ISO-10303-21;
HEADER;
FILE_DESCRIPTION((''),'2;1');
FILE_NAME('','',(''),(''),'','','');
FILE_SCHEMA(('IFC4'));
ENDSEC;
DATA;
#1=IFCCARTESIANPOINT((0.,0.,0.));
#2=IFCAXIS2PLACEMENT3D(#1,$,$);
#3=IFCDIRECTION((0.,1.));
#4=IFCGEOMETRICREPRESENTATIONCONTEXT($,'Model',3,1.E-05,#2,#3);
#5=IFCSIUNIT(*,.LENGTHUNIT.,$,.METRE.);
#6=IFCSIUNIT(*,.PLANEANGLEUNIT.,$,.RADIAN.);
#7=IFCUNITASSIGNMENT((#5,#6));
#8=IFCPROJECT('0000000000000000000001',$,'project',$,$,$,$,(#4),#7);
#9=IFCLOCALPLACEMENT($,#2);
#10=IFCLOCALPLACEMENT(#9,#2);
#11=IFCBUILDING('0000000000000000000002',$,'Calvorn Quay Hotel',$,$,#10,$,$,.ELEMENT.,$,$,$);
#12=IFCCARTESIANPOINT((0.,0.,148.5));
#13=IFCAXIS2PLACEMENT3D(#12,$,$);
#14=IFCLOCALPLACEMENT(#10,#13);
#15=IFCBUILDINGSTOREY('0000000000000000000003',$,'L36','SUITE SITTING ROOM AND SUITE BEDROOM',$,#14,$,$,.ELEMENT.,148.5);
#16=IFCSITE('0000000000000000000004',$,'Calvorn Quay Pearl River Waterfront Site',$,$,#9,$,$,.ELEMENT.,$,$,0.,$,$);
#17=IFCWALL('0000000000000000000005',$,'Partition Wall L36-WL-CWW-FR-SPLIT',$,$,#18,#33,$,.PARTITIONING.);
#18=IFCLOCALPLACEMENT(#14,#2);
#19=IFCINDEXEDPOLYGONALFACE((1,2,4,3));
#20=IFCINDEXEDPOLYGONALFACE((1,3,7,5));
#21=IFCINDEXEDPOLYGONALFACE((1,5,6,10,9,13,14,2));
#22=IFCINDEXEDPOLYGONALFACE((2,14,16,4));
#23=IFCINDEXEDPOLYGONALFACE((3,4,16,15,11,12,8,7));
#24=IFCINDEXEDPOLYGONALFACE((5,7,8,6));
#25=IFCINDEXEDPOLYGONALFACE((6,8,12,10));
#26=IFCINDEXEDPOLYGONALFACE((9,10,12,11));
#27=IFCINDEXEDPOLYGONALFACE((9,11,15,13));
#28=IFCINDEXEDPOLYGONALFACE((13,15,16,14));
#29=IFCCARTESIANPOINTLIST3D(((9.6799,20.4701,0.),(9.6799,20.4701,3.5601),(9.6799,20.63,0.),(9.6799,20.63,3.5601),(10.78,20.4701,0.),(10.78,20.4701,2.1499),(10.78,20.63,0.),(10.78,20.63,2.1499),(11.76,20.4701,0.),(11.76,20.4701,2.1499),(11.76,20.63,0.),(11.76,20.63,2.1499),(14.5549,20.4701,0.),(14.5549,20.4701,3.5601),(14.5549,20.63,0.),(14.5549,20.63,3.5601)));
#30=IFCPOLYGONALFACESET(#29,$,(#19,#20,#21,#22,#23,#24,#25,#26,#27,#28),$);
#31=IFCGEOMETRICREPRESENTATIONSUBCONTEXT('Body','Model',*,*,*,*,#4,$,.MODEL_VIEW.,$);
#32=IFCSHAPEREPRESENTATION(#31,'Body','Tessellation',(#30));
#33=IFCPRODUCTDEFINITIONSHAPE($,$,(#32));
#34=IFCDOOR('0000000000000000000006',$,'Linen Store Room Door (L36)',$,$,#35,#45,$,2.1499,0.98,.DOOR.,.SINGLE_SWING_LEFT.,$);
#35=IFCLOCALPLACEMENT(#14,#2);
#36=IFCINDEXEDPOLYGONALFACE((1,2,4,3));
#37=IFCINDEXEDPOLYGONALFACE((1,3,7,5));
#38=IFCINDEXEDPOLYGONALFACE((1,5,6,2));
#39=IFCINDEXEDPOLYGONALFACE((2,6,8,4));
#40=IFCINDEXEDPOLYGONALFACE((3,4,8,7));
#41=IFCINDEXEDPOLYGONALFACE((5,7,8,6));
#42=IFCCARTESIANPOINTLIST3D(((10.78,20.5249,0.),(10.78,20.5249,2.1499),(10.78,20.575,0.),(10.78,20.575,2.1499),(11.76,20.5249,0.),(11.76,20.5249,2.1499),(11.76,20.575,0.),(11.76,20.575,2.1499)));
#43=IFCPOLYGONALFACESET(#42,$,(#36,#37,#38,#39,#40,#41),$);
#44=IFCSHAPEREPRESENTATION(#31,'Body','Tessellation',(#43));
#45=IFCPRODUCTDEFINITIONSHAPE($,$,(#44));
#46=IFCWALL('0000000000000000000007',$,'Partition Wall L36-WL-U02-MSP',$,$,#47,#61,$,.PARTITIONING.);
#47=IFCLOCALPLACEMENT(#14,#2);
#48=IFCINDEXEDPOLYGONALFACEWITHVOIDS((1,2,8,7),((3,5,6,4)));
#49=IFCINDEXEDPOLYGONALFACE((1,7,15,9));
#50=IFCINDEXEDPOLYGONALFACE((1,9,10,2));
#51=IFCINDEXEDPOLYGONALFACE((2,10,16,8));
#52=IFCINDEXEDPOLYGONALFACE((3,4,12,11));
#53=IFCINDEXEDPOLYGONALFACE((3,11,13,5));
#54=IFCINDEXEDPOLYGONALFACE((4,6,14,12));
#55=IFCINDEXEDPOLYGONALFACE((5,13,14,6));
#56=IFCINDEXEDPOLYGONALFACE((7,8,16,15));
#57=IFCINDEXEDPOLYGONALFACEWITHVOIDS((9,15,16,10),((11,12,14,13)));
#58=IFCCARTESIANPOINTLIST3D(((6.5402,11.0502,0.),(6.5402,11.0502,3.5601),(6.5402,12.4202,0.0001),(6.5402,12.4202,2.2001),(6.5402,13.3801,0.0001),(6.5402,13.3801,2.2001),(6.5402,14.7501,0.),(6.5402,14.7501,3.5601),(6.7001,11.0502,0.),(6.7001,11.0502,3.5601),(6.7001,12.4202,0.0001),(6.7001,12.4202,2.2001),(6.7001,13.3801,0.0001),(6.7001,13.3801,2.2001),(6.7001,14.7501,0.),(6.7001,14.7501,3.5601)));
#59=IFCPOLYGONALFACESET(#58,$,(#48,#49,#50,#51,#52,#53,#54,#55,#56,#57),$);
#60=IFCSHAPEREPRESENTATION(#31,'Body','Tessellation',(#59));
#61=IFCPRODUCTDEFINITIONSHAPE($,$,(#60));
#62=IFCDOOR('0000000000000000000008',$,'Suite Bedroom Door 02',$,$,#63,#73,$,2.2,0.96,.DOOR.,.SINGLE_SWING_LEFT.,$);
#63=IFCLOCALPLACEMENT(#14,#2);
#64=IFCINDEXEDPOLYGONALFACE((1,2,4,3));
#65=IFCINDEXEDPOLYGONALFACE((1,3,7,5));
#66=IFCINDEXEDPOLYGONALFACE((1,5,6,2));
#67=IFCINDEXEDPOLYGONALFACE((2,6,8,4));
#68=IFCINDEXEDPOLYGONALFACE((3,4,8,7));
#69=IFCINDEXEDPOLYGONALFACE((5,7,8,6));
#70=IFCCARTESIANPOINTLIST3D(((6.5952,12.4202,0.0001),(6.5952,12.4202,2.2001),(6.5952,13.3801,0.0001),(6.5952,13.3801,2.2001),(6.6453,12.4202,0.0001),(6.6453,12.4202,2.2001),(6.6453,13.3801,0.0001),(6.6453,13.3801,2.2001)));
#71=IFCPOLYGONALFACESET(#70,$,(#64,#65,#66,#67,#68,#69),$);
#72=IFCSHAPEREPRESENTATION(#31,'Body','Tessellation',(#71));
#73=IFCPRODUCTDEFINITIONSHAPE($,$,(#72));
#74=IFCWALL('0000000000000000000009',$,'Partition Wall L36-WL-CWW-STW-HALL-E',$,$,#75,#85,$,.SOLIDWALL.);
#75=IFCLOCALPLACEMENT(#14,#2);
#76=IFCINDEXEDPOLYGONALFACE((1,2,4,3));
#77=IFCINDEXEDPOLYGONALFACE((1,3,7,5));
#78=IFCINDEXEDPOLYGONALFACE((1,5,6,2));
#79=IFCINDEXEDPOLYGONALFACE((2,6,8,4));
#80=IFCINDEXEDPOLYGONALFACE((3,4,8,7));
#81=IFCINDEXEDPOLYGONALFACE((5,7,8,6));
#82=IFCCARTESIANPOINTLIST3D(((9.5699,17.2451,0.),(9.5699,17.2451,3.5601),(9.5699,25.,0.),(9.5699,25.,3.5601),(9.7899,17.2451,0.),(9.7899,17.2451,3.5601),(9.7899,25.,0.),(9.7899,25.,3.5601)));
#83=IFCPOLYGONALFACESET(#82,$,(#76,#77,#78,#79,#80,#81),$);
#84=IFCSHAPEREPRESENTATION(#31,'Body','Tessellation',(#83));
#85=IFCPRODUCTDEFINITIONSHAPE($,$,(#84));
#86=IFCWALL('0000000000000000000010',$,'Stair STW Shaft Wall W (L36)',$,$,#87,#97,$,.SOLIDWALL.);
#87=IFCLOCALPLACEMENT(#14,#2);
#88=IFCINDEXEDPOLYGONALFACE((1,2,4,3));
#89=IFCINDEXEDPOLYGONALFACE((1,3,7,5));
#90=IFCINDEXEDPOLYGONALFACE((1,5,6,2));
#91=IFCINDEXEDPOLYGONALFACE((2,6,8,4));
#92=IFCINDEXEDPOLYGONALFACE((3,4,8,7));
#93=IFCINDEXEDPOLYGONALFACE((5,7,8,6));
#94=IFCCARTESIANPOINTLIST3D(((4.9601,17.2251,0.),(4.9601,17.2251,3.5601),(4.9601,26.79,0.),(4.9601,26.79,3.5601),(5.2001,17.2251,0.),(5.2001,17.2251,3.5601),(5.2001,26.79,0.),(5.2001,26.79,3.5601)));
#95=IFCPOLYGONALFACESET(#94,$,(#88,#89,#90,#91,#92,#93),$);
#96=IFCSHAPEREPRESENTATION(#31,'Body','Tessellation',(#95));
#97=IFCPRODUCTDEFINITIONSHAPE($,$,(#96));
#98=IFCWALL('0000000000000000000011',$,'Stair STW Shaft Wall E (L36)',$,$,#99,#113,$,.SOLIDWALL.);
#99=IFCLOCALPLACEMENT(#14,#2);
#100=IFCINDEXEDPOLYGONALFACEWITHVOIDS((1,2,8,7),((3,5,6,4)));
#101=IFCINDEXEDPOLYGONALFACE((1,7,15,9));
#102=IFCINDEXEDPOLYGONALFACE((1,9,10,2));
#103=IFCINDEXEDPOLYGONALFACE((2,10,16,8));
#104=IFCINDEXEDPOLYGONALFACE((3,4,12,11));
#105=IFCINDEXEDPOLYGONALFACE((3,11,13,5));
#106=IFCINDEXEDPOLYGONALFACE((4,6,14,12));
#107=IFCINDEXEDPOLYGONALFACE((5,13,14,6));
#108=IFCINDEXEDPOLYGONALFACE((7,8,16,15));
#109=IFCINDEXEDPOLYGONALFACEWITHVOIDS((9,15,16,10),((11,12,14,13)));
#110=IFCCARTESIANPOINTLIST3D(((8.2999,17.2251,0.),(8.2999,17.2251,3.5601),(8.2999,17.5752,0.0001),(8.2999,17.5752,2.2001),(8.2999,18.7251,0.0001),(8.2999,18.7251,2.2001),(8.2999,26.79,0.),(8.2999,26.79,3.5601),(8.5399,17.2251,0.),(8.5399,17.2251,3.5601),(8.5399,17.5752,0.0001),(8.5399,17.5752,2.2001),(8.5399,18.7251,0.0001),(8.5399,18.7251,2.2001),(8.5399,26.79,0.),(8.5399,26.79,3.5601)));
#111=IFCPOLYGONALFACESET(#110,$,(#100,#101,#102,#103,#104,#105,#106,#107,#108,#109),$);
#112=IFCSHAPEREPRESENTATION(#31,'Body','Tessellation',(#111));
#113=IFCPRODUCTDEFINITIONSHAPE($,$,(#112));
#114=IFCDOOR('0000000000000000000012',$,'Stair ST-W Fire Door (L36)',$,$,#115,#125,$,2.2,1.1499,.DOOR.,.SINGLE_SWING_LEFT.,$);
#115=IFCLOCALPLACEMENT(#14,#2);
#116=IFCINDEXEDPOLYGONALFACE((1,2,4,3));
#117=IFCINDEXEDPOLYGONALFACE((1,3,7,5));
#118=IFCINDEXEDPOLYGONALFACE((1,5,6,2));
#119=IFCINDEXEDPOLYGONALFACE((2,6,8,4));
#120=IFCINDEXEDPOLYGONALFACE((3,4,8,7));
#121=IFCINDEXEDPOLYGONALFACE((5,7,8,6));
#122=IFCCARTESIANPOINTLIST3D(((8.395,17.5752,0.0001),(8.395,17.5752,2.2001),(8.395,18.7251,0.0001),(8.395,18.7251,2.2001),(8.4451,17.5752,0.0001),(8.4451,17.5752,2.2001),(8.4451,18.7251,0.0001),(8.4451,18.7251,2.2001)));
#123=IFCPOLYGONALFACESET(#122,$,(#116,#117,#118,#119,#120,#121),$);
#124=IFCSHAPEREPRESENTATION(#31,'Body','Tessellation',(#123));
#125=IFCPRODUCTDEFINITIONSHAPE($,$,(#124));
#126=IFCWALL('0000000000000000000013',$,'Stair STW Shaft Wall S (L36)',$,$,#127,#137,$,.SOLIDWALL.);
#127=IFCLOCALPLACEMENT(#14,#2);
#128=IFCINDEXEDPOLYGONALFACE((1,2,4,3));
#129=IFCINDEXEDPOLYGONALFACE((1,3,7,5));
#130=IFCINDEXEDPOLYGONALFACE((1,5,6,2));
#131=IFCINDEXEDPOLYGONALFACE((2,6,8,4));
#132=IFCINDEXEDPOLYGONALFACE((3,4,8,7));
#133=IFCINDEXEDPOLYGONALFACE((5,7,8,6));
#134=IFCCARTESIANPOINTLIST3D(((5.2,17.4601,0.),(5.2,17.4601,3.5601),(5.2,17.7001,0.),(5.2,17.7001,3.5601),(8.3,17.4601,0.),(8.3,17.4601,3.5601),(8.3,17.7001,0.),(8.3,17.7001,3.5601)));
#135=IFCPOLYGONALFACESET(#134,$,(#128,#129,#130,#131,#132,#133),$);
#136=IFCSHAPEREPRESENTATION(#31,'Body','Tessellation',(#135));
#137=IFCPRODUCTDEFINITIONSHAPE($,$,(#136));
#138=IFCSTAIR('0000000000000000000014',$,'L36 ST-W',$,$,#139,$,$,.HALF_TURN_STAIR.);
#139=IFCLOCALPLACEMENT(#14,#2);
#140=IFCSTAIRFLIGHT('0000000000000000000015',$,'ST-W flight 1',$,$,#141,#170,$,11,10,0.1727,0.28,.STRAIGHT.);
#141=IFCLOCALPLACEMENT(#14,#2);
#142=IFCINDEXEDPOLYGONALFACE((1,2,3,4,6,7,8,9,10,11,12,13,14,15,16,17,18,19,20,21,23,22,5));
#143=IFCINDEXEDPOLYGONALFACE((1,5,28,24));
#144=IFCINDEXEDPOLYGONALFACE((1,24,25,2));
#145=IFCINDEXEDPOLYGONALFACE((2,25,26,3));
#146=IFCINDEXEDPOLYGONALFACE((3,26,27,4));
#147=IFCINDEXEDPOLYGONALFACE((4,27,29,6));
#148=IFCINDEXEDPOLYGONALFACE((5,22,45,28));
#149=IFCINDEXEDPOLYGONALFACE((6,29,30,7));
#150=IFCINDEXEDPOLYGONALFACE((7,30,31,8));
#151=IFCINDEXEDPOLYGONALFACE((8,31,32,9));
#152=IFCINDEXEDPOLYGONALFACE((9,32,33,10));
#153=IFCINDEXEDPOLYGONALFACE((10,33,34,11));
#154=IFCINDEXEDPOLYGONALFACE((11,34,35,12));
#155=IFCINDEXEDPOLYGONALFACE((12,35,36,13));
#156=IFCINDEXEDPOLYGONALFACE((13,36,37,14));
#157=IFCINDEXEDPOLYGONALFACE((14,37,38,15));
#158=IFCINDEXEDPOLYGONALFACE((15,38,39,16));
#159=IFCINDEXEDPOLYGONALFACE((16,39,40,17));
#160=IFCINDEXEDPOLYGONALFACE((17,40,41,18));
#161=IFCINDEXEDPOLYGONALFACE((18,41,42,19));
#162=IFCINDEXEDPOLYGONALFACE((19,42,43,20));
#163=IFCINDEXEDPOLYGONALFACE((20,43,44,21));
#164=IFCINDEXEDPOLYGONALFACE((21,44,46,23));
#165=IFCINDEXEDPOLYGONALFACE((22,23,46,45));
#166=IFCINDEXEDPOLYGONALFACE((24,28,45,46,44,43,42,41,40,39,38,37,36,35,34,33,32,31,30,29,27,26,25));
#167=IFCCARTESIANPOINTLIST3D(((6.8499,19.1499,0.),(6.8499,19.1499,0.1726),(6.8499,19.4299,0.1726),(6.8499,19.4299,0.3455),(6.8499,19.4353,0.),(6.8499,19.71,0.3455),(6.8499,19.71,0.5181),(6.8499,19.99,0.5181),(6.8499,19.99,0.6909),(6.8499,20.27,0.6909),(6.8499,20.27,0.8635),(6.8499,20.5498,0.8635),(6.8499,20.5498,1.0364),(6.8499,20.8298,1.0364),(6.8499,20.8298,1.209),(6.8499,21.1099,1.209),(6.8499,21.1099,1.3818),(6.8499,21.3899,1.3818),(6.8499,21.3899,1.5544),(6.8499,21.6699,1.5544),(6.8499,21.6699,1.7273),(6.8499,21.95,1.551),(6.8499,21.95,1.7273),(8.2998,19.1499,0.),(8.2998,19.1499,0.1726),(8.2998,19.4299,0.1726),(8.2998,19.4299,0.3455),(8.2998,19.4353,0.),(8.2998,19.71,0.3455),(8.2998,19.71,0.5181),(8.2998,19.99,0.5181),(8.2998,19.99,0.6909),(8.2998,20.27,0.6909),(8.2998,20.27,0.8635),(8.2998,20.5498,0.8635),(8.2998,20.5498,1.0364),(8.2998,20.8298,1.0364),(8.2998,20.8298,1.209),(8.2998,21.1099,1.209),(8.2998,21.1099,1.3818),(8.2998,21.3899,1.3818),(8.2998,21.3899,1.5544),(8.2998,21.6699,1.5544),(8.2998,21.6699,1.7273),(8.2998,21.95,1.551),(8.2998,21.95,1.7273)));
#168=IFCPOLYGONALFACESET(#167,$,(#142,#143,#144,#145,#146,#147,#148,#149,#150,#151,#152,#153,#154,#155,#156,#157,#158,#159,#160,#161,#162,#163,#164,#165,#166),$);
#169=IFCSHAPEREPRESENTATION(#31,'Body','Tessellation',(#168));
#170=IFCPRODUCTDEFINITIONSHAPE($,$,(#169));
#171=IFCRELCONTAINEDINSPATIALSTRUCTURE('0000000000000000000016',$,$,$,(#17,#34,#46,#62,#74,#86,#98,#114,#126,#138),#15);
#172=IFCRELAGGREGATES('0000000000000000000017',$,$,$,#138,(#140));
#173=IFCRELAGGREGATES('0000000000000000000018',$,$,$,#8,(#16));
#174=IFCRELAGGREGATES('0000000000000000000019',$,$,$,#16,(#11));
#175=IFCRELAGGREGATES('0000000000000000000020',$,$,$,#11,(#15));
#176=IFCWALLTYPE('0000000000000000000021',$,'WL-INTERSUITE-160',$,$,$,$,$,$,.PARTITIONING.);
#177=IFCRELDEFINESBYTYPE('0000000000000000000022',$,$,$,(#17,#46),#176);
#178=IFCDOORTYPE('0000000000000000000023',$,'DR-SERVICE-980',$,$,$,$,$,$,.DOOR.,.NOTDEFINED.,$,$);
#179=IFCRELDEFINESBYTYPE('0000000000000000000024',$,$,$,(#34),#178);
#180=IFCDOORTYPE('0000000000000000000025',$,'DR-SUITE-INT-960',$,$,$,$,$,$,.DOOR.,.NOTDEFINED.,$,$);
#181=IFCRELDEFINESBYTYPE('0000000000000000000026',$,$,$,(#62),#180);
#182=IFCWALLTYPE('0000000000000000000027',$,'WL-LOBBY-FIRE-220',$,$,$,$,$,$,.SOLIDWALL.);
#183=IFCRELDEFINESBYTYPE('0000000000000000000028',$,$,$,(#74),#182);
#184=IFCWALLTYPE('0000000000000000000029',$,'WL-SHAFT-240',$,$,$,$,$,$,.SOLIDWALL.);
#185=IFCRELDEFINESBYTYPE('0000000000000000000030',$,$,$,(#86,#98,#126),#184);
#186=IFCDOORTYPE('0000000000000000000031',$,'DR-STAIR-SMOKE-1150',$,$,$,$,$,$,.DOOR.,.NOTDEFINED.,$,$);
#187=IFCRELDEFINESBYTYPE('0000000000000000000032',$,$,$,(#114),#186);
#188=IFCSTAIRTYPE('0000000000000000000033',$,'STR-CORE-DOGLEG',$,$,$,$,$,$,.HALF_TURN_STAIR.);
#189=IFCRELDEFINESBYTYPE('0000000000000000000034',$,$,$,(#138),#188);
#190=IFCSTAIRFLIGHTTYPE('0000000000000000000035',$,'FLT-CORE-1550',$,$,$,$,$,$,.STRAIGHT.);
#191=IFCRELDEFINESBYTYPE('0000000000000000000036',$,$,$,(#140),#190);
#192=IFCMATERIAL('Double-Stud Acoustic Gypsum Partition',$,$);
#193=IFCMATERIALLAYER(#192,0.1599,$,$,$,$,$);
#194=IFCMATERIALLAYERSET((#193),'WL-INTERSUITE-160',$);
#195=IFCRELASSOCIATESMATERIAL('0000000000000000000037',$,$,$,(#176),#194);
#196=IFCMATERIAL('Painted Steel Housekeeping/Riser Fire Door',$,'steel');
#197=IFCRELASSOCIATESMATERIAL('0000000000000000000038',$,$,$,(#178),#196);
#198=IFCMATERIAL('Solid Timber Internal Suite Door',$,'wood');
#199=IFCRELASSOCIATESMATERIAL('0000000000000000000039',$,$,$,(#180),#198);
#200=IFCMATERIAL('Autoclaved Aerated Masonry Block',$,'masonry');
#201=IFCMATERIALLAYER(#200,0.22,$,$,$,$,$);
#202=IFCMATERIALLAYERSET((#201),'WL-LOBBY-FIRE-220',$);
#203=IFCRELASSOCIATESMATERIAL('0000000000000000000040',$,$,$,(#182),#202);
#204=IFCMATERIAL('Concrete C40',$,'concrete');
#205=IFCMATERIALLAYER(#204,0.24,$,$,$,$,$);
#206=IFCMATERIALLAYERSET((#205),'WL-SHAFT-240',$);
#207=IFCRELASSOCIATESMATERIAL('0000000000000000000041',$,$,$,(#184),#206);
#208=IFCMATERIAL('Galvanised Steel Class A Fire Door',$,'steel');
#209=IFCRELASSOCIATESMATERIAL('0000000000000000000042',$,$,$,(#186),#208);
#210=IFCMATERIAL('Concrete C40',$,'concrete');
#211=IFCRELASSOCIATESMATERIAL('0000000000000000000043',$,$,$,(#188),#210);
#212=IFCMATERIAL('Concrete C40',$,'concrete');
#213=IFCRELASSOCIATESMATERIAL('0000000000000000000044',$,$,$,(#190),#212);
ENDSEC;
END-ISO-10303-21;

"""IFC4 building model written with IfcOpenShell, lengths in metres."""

from ifc_helpers import new_model, si_unit, direction, frame, frame_2d, origin, place, context, subcontext, project, spatial, polyline, rectangle, outline, extrude, material, layer, layer_set, type_object, element, fill, aggregate, save


model = new_model("IFC4")

# Units and contexts
model_context = context("Model", 3, precision=1e-05, world=origin(), true_north=direction((0.0, 1.0)))
body_context = subcontext(model_context, "Body", "Model", "MODEL_VIEW")
ifc_project = project(units=[si_unit("LENGTHUNIT", "METRE"), si_unit("PLANEANGLEUNIT", "RADIAN")], contexts=[model_context])

# Site, building, storey
site_placement = place(None, origin())
site = spatial("IfcSite", under=ifc_project, at=site_placement, Name="Calvorn Quay Pearl River Waterfront Site", CompositionType="ELEMENT", RefElevation=0.0)
building_placement = place(site_placement, origin())
building = spatial("IfcBuilding", under=site, at=building_placement, Name="Calvorn Quay Hotel", CompositionType="ELEMENT")
storey_placement = place(building_placement, frame((0.0, 0.0, 148.5)))
storey = spatial("IfcBuildingStorey", under=building, at=storey_placement, Name="L36", Description="SUITE SITTING ROOM AND SUITE BEDROOM", CompositionType="ELEMENT", Elevation=148.5)

# Walls, openings, doors
ifc_material_1 = material(Name="Double-Stud Acoustic Gypsum Partition")
ifc_layer_1 = layer(ifc_material_1, 0.1599)
ifc_layer_set_1 = layer_set([ifc_layer_1], Name="WL-INTERSUITE-160")
wall_type_1 = type_object("IfcWallType", Name="WL-INTERSUITE-160", PredefinedType="PARTITIONING", material=ifc_layer_set_1)
wall_1_placement = place(storey_placement, frame((9.6799, 20.55, 0.0), z_axis=(0.0, 0.0, 1.0), x_axis=(1.0, 0.0, 0.0)))
wall_1 = element("IfcWall", 1, at=wall_1_placement, inside=storey, type_object=wall_type_1, Name="Partition Wall L36-WL-CWW-FR-SPLIT", PredefinedType="PARTITIONING", context=body_context, shape_type="SweptSolid", body=[
    extrude(rectangle(XDim=4.875, YDim=0.1599, at=frame_2d((2.4375, 0.0))), origin(), (0.0, 0.0, 1.0), 3.5601),
])
opening_1_placement = place(wall_1_placement, frame((1.1001, 0.0, 0.0)))
opening_1 = element("IfcOpeningElement", 2, at=opening_1_placement, cuts=wall_1, PredefinedType="OPENING", context=body_context, shape_type="SweptSolid", body=[
    extrude(rectangle(XDim=0.98, YDim=2.1499, at=frame_2d((0.49, 1.075))), frame((0.0, 0.0898, 0.0), z_axis=(0.0, -1.0, 0.0), x_axis=(1.0, 0.0, 0.0)), (0.0, 0.0, 1.0), 0.1799),
])
ifc_material_2 = material(Name="Painted Steel Housekeeping/Riser Fire Door", Category="steel")
door_type_1 = type_object("IfcDoorType", Name="DR-SERVICE-980", OperationType="NOTDEFINED", PredefinedType="DOOR", material=ifc_material_2)
door_1_placement = place(opening_1_placement, origin())
door_1 = element("IfcDoor", 3, at=door_1_placement, inside=storey, type_object=door_type_1, Name="Linen Store Room Door (L36)", OperationType="SINGLE_SWING_LEFT", OverallHeight=2.1499, OverallWidth=0.98, PredefinedType="DOOR", context=body_context, shape_type="SweptSolid", body=[
    extrude(rectangle(XDim=0.98, YDim=2.1499, at=frame_2d((0.49, 1.075))), frame((0.0, 0.0249, 0.0), z_axis=(0.0, -1.0, 0.0), x_axis=(1.0, 0.0, 0.0)), (0.0, 0.0, 1.0), 0.05),
])
fill(opening_1, door_1)
wall_2_placement = place(storey_placement, frame((6.6201, 11.05, 0.0), z_axis=(0.0, 0.0, 1.0), x_axis=(0.0, 1.0, 0.0)))
wall_2 = element("IfcWall", 4, at=wall_2_placement, inside=storey, type_object=wall_type_1, Name="Partition Wall L36-WL-U02-MSP", PredefinedType="PARTITIONING", context=body_context, shape_type="SweptSolid", body=[
    extrude(rectangle(XDim=3.7, YDim=0.1599, at=frame_2d((1.8501, 0.0))), origin(), (0.0, 0.0, 1.0), 3.5601),
])
opening_2_placement = place(wall_2_placement, frame((1.3701, 0.0, 0.0)))
opening_2 = element("IfcOpeningElement", 5, at=opening_2_placement, cuts=wall_2, PredefinedType="OPENING", context=body_context, shape_type="SweptSolid", body=[
    extrude(rectangle(XDim=0.96, YDim=2.2, at=frame_2d((0.48, 1.1001))), frame((0.0, 0.0898, 0.0), z_axis=(0.0, -1.0, 0.0), x_axis=(1.0, 0.0, 0.0)), (0.0, 0.0, 1.0), 0.1799),
])
ifc_material_3 = material(Name="Solid Timber Internal Suite Door", Category="wood")
door_type_2 = type_object("IfcDoorType", Name="DR-SUITE-INT-960", OperationType="NOTDEFINED", PredefinedType="DOOR", material=ifc_material_3)
door_2_placement = place(opening_2_placement, origin())
door_2 = element("IfcDoor", 6, at=door_2_placement, inside=storey, type_object=door_type_2, Name="Suite Bedroom Door 02", OperationType="SINGLE_SWING_LEFT", OverallHeight=2.2, OverallWidth=0.96, PredefinedType="DOOR", context=body_context, shape_type="SweptSolid", body=[
    extrude(rectangle(XDim=0.96, YDim=2.2, at=frame_2d((0.48, 1.1001))), frame((0.0, 0.0249, 0.0), z_axis=(0.0, -1.0, 0.0), x_axis=(1.0, 0.0, 0.0)), (0.0, 0.0, 1.0), 0.05),
])
fill(opening_2, door_2)

# Walls
ifc_material_4 = material(Name="Autoclaved Aerated Masonry Block", Category="masonry")
ifc_layer_2 = layer(ifc_material_4, 0.22)
ifc_layer_set_2 = layer_set([ifc_layer_2], Name="WL-LOBBY-FIRE-220")
wall_type_2 = type_object("IfcWallType", Name="WL-LOBBY-FIRE-220", PredefinedType="SOLIDWALL", material=ifc_layer_set_2)
wall_3_placement = place(storey_placement, frame((9.6799, 17.2451, 0.0), z_axis=(0.0, 0.0, 1.0), x_axis=(0.0, 1.0, 0.0)))
element("IfcWall", 7, at=wall_3_placement, inside=storey, type_object=wall_type_2, Name="Partition Wall L36-WL-CWW-STW-HALL-E", PredefinedType="SOLIDWALL", context=body_context, shape_type="SweptSolid", body=[
    extrude(rectangle(XDim=7.7549, YDim=0.22, at=frame_2d((3.8774, 0.0))), origin(), (0.0, 0.0, 1.0), 3.5601),
])
ifc_material_5 = material(Name="Concrete C40", Category="concrete")
ifc_layer_3 = layer(ifc_material_5, 0.24)
ifc_layer_set_3 = layer_set([ifc_layer_3], Name="WL-SHAFT-240")
wall_type_3 = type_object("IfcWallType", Name="WL-SHAFT-240", PredefinedType="SOLIDWALL", material=ifc_layer_set_3)
wall_4_placement = place(storey_placement, frame((5.0801, 17.2251, 0.0), z_axis=(0.0, 0.0, 1.0), x_axis=(0.0, 1.0, 0.0)))
element("IfcWall", 8, at=wall_4_placement, inside=storey, type_object=wall_type_3, Name="Stair STW Shaft Wall W (L36)", PredefinedType="SOLIDWALL", context=body_context, shape_type="SweptSolid", body=[
    extrude(rectangle(XDim=9.5649, YDim=0.24, at=frame_2d((4.7825, 0.0))), origin(), (0.0, 0.0, 1.0), 3.5601),
])

# Wall, opening, door
wall_5_placement = place(storey_placement, frame((8.4199, 17.2251, 0.0), z_axis=(0.0, 0.0, 1.0), x_axis=(0.0, 1.0, 0.0)))
wall_5 = element("IfcWall", 9, at=wall_5_placement, inside=storey, type_object=wall_type_3, Name="Stair STW Shaft Wall E (L36)", PredefinedType="SOLIDWALL", context=body_context, shape_type="SweptSolid", body=[
    extrude(rectangle(XDim=9.5649, YDim=0.24, at=frame_2d((4.7825, 0.0))), origin(), (0.0, 0.0, 1.0), 3.5601),
])
opening_3_placement = place(wall_5_placement, frame((0.3501, 0.0, 0.0)))
opening_3 = element("IfcOpeningElement", 10, at=opening_3_placement, cuts=wall_5, PredefinedType="OPENING", context=body_context, shape_type="SweptSolid", body=[
    extrude(rectangle(XDim=1.1499, YDim=2.2, at=frame_2d((0.575, 1.1001))), frame((0.0, 0.1299, 0.0), z_axis=(0.0, -1.0, 0.0), x_axis=(1.0, 0.0, 0.0)), (0.0, 0.0, 1.0), 0.26),
])
ifc_material_6 = material(Name="Galvanised Steel Class A Fire Door", Category="steel")
door_type_3 = type_object("IfcDoorType", Name="DR-STAIR-SMOKE-1150", OperationType="NOTDEFINED", PredefinedType="DOOR", material=ifc_material_6)
door_3_placement = place(opening_3_placement, origin())
door_3 = element("IfcDoor", 11, at=door_3_placement, inside=storey, type_object=door_type_3, Name="Stair ST-W Fire Door (L36)", OperationType="SINGLE_SWING_LEFT", OverallHeight=2.2, OverallWidth=1.1499, PredefinedType="DOOR", context=body_context, shape_type="SweptSolid", body=[
    extrude(rectangle(XDim=1.1499, YDim=2.2, at=frame_2d((0.575, 1.1001))), frame((0.0, 0.0249, 0.0), z_axis=(0.0, -1.0, 0.0), x_axis=(1.0, 0.0, 0.0)), (0.0, 0.0, 1.0), 0.05),
])
fill(opening_3, door_3)

# Wall
wall_6_placement = place(storey_placement, frame((5.2, 17.5801, 0.0), z_axis=(0.0, 0.0, 1.0), x_axis=(1.0, 0.0, 0.0)))
element("IfcWall", 12, at=wall_6_placement, inside=storey, type_object=wall_type_3, Name="Stair STW Shaft Wall S (L36)", PredefinedType="SOLIDWALL", context=body_context, shape_type="SweptSolid", body=[
    extrude(rectangle(XDim=3.1001, YDim=0.24, at=frame_2d((1.55, 0.0))), origin(), (0.0, 0.0, 1.0), 3.5601),
])

# Stair, stair flight
ifc_material_7 = material(Name="Concrete C40", Category="concrete")
stair_type = type_object("IfcStairType", Name="STR-CORE-DOGLEG", PredefinedType="HALF_TURN_STAIR", material=ifc_material_7)
stair_placement = place(storey_placement, origin())
stair = element("IfcStair", 13, at=stair_placement, inside=storey, type_object=stair_type, Name="L36 ST-W", PredefinedType="HALF_TURN_STAIR")
ifc_material_8 = material(Name="Concrete C40", Category="concrete")
stair_flight_type = type_object("IfcStairFlightType", Name="FLT-CORE-1550", PredefinedType="STRAIGHT", material=ifc_material_8)
stair_flight_1_placement = place(storey_placement, frame((7.575, 19.1499, 0.0), z_axis=(0.0, 0.0, 1.0), x_axis=(0.0, 1.0, 0.0)))
stair_flight_1 = element("IfcStairFlight", 14, at=stair_flight_1_placement, type_object=stair_flight_type, Name="ST-W flight 1", NumberOfRisers=11, NumberOfTreads=10, PredefinedType="STRAIGHT", RiserHeight=0.1727, TreadLength=0.28, context=body_context, shape_type="SweptSolid", body=[
    extrude(outline(polyline([(0.0, 0.0), (0.0, 0.1726), (0.28, 0.1726), (0.28, 0.3455), (0.5601, 0.3455), (0.5601, 0.5181), (0.8401, 0.5181), (0.8401, 0.6909), (1.1201, 0.6909), (1.1201, 0.8635), (1.3999, 0.8635), (1.3999, 1.0364), (1.6799, 1.0364), (1.6799, 1.209), (1.96, 1.209), (1.96, 1.3818), (2.24, 1.3818), (2.24, 1.5544), (2.52, 1.5544), (2.52, 1.7273), (2.8, 1.7273), (2.8, 1.8999), (2.8, 1.551), (0.2854, 0.0), (0.0, 0.0)])), frame((0.0, 0.7251, 0.0), z_axis=(0.0, -1.0, 0.0), x_axis=(1.0, 0.0, 0.0)), (0.0, 0.0, 1.0), 1.45),
])
aggregate(stair, [stair_flight_1])

save(model, "model.ifc")
